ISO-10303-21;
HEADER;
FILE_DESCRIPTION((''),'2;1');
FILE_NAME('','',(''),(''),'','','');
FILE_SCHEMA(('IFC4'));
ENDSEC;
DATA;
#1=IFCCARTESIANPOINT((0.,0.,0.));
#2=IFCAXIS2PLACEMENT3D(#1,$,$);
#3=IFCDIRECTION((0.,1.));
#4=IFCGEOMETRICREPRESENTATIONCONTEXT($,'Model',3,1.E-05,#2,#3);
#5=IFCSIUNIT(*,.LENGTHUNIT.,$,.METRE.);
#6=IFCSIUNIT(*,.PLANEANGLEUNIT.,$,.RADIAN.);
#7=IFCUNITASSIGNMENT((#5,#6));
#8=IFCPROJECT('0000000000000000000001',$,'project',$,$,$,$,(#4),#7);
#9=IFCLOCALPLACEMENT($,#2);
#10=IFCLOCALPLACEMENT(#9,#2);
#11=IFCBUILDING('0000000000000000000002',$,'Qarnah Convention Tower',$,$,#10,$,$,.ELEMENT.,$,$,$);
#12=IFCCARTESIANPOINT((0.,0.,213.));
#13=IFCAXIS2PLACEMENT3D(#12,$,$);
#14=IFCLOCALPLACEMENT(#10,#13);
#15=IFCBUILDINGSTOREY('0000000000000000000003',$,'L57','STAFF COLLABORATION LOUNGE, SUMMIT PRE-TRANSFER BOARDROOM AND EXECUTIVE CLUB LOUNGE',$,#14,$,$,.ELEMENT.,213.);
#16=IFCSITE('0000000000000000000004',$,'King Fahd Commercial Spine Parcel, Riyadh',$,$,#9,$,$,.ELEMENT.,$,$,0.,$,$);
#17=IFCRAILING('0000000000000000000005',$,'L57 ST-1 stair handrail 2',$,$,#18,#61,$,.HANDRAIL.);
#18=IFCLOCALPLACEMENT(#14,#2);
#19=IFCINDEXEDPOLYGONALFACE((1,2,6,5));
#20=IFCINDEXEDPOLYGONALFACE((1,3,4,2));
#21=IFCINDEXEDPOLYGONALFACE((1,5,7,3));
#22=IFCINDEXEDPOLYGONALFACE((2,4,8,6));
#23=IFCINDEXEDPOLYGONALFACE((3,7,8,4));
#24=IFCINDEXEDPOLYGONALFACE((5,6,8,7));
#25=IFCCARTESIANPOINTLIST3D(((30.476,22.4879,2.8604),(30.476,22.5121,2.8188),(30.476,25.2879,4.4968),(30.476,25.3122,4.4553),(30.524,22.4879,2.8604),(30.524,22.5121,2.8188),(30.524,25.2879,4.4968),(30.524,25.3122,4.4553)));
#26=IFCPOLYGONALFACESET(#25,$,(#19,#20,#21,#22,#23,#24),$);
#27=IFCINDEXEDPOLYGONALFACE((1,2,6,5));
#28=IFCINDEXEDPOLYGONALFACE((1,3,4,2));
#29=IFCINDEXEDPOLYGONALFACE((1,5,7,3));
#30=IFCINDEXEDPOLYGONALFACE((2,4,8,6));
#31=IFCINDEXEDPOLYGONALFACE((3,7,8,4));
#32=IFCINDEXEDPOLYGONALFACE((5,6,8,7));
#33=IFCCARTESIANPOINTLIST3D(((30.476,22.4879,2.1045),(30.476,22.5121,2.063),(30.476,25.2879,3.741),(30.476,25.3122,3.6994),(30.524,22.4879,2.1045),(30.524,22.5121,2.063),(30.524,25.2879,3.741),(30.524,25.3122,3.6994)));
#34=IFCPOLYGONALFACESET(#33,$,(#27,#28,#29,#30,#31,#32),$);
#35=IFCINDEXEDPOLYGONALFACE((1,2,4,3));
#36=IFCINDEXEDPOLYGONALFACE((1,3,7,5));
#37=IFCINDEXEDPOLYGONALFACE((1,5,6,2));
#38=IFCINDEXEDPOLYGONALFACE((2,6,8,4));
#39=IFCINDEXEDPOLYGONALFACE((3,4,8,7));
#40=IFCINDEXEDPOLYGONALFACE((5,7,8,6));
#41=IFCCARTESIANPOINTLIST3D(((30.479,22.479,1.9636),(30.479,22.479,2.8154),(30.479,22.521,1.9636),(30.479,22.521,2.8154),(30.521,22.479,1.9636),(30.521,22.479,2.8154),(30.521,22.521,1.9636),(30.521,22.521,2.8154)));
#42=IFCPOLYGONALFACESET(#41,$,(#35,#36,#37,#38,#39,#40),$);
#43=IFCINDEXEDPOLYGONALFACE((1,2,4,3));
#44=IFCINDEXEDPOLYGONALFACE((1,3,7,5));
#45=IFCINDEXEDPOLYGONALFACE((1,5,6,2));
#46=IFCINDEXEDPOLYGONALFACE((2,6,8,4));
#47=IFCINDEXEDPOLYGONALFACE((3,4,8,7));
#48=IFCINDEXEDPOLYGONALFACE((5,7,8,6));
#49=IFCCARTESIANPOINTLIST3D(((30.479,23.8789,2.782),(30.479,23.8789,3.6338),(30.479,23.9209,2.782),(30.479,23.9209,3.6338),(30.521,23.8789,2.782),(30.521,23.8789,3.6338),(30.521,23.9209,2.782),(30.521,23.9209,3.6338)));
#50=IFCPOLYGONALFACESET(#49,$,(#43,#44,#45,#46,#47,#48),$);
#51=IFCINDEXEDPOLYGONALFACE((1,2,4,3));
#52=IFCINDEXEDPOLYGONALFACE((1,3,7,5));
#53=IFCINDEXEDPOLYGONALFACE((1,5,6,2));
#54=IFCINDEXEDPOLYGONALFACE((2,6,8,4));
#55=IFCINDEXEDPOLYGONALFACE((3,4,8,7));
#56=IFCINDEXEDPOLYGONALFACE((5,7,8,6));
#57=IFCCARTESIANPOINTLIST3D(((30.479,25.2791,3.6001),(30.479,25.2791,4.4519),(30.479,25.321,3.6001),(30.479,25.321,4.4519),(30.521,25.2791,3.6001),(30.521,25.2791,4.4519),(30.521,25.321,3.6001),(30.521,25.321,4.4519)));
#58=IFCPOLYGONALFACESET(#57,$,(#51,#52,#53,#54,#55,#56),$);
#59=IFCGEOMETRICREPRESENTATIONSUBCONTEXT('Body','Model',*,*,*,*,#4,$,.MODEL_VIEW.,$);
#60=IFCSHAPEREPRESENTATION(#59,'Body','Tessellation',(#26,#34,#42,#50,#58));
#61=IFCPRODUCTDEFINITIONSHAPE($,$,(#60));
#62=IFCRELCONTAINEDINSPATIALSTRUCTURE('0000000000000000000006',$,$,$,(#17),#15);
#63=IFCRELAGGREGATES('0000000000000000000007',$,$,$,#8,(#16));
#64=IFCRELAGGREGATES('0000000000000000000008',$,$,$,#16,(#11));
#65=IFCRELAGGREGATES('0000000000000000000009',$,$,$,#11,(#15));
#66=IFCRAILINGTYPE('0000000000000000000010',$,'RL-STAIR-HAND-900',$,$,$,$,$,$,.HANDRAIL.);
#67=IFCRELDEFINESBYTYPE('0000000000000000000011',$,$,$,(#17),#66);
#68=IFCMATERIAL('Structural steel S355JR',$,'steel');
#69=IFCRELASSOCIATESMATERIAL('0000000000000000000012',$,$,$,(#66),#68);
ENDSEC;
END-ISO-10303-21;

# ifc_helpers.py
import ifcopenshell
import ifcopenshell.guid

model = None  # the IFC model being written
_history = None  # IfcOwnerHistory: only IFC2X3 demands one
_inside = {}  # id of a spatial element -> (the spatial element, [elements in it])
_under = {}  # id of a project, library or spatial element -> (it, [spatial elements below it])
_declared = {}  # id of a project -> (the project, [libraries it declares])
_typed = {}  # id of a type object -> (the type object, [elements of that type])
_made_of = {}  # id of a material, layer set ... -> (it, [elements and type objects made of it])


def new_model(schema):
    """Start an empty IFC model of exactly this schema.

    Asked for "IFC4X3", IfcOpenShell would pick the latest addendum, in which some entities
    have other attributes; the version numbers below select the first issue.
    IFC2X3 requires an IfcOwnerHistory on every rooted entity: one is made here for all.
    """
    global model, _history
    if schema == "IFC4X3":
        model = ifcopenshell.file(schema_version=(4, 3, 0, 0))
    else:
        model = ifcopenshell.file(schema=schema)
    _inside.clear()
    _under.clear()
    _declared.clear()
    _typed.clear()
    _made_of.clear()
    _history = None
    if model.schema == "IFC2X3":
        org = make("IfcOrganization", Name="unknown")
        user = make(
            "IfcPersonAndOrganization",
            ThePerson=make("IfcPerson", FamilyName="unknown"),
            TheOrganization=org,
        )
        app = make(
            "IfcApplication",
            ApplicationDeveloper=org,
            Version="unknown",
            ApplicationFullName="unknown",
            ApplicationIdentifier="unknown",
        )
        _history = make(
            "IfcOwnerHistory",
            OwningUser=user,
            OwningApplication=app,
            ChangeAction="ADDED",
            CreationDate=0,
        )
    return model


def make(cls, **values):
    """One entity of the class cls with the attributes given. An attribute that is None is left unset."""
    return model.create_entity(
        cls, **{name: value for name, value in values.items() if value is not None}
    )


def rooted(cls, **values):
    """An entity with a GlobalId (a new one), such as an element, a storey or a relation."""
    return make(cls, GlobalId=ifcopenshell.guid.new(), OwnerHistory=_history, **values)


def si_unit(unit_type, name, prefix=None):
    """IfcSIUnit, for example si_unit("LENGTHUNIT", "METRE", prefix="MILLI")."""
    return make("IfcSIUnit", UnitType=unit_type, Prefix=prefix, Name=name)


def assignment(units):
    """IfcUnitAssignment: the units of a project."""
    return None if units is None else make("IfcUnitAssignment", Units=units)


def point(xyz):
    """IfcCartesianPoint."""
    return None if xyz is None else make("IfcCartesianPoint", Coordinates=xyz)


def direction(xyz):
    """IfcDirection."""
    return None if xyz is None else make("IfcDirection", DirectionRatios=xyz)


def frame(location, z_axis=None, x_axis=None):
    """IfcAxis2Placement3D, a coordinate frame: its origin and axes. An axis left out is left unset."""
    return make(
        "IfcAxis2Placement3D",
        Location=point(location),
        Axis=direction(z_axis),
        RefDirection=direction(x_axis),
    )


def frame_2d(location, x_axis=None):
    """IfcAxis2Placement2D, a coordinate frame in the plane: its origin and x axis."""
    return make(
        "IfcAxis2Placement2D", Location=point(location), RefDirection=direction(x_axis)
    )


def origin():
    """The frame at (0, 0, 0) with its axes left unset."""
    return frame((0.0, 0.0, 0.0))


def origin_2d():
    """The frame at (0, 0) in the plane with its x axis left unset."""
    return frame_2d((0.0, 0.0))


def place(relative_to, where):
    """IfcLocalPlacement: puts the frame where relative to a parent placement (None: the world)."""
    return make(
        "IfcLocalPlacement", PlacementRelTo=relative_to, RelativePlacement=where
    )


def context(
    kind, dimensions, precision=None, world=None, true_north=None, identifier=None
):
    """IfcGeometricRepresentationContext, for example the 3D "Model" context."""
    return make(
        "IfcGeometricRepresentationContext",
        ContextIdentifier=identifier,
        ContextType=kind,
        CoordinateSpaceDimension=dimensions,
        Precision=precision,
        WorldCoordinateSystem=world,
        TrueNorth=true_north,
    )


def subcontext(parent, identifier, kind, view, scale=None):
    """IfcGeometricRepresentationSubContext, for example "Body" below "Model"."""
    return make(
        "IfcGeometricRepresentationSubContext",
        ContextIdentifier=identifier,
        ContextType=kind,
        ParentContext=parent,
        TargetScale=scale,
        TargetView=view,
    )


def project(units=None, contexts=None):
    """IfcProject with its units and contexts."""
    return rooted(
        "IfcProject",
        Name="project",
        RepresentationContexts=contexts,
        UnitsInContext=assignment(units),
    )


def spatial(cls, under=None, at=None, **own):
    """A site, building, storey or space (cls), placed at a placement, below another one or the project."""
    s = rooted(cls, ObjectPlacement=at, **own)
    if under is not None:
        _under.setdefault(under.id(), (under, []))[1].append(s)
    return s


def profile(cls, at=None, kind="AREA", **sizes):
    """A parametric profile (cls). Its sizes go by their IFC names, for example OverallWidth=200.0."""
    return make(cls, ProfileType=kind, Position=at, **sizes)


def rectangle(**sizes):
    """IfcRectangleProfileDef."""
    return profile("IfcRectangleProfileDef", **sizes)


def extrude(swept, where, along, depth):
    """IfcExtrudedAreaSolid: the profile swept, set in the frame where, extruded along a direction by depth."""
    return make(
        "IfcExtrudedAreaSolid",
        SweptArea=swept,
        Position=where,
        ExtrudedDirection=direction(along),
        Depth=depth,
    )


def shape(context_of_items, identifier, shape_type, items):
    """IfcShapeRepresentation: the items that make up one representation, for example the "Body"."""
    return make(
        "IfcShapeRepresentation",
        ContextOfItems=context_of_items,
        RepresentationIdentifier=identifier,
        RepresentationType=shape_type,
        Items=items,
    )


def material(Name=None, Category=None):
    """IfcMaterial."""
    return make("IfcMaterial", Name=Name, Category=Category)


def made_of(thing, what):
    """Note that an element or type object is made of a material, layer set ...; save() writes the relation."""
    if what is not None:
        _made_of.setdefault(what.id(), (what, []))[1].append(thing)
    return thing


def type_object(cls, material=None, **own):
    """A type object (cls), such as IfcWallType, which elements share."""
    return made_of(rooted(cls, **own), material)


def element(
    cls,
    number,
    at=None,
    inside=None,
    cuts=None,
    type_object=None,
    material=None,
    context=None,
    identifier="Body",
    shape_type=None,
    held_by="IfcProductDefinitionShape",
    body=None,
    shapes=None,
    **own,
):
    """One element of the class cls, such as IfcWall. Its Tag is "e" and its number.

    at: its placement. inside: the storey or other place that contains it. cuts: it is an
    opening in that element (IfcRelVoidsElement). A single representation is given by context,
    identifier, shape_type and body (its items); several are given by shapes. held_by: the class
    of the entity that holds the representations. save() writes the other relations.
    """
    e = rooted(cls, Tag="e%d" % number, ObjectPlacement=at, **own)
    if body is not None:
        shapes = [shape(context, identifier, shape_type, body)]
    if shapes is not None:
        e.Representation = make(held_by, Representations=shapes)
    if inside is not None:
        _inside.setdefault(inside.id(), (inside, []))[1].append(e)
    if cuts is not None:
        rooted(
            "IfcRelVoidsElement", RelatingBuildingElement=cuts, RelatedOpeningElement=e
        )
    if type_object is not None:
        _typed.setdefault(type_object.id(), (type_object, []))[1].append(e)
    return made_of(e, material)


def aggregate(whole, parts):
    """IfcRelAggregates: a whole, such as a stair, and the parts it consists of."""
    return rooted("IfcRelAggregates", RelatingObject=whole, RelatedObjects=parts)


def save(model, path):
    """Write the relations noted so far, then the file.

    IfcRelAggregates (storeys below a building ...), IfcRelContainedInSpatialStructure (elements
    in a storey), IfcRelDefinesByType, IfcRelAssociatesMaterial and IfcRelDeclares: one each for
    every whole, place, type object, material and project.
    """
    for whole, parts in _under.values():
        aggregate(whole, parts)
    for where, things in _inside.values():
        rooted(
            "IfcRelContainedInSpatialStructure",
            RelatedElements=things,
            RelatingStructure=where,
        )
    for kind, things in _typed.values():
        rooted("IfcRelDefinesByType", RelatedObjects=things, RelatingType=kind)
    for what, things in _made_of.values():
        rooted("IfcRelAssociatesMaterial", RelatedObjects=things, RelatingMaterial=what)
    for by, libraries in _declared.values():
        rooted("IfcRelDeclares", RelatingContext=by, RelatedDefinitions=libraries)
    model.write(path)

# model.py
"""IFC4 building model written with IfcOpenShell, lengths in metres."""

from ifc_helpers import new_model, si_unit, direction, frame, origin, origin_2d, place, context, subcontext, project, spatial, rectangle, extrude, material, type_object, element, save


model = new_model("IFC4")

# Units and contexts
model_context = context("Model", 3, precision=1e-05, world=origin(), true_north=direction((0.0, 1.0)))
body_context = subcontext(model_context, "Body", "Model", "MODEL_VIEW")
ifc_project = project(units=[si_unit("LENGTHUNIT", "METRE"), si_unit("PLANEANGLEUNIT", "RADIAN")], contexts=[model_context])

# Site, building, storey
site_placement = place(None, origin())
site = spatial("IfcSite", under=ifc_project, at=site_placement, Name="King Fahd Commercial Spine Parcel, Riyadh", CompositionType="ELEMENT", RefElevation=0.0)
building_placement = place(site_placement, origin())
building = spatial("IfcBuilding", under=site, at=building_placement, Name="Qarnah Convention Tower", CompositionType="ELEMENT")
storey_placement = place(building_placement, frame((0.0, 0.0, 213.0)))
storey = spatial("IfcBuildingStorey", under=building, at=storey_placement, Name="L57", Description="STAFF COLLABORATION LOUNGE, SUMMIT PRE-TRANSFER BOARDROOM AND EXECUTIVE CLUB LOUNGE", CompositionType="ELEMENT", Elevation=213.0)

# Shared definitions
ifc_material_1 = material(Name="Structural steel S355JR", Category="steel")

# Railing
railing_type_1 = type_object("IfcRailingType", Name="RL-STAIR-HAND-900", PredefinedType="HANDRAIL", material=ifc_material_1)
railing_1_placement = place(storey_placement, frame((30.5, 22.5, 1.9636)))
element("IfcRailing", 1, at=railing_1_placement, inside=storey, type_object=railing_type_1, Name="L57 ST-1 stair handrail 2", PredefinedType="HANDRAIL", context=body_context, shape_type="SweptSolid", body=[
    extrude(rectangle(XDim=0.0481, YDim=0.0481, at=origin_2d()), frame((0.0, 0.0, 0.876), z_axis=(0.0, 0.863361, 0.504587), x_axis=(-1.0, 0.0, 0.0)), (0.0, 0.0, 1.0), 3.2432),
    extrude(rectangle(XDim=0.0481, YDim=0.0481, at=origin_2d()), frame((0.0, 0.0, 0.1201), z_axis=(0.0, 0.863361, 0.504587), x_axis=(-1.0, 0.0, 0.0)), (0.0, 0.0, 1.0), 3.2432),
    extrude(rectangle(XDim=0.042, YDim=0.042, at=origin_2d()), origin(), (0.0, 0.0, 1.0), 0.8518),
    extrude(rectangle(XDim=0.042, YDim=0.042, at=origin_2d()), frame((0.0, 1.3999, 0.8184)), (0.0, 0.0, 1.0), 0.8518),
    extrude(rectangle(XDim=0.042, YDim=0.042, at=origin_2d()), frame((0.0, 2.8, 1.6365)), (0.0, 0.0, 1.0), 0.8518),
])

save(model, "model.ifc")
